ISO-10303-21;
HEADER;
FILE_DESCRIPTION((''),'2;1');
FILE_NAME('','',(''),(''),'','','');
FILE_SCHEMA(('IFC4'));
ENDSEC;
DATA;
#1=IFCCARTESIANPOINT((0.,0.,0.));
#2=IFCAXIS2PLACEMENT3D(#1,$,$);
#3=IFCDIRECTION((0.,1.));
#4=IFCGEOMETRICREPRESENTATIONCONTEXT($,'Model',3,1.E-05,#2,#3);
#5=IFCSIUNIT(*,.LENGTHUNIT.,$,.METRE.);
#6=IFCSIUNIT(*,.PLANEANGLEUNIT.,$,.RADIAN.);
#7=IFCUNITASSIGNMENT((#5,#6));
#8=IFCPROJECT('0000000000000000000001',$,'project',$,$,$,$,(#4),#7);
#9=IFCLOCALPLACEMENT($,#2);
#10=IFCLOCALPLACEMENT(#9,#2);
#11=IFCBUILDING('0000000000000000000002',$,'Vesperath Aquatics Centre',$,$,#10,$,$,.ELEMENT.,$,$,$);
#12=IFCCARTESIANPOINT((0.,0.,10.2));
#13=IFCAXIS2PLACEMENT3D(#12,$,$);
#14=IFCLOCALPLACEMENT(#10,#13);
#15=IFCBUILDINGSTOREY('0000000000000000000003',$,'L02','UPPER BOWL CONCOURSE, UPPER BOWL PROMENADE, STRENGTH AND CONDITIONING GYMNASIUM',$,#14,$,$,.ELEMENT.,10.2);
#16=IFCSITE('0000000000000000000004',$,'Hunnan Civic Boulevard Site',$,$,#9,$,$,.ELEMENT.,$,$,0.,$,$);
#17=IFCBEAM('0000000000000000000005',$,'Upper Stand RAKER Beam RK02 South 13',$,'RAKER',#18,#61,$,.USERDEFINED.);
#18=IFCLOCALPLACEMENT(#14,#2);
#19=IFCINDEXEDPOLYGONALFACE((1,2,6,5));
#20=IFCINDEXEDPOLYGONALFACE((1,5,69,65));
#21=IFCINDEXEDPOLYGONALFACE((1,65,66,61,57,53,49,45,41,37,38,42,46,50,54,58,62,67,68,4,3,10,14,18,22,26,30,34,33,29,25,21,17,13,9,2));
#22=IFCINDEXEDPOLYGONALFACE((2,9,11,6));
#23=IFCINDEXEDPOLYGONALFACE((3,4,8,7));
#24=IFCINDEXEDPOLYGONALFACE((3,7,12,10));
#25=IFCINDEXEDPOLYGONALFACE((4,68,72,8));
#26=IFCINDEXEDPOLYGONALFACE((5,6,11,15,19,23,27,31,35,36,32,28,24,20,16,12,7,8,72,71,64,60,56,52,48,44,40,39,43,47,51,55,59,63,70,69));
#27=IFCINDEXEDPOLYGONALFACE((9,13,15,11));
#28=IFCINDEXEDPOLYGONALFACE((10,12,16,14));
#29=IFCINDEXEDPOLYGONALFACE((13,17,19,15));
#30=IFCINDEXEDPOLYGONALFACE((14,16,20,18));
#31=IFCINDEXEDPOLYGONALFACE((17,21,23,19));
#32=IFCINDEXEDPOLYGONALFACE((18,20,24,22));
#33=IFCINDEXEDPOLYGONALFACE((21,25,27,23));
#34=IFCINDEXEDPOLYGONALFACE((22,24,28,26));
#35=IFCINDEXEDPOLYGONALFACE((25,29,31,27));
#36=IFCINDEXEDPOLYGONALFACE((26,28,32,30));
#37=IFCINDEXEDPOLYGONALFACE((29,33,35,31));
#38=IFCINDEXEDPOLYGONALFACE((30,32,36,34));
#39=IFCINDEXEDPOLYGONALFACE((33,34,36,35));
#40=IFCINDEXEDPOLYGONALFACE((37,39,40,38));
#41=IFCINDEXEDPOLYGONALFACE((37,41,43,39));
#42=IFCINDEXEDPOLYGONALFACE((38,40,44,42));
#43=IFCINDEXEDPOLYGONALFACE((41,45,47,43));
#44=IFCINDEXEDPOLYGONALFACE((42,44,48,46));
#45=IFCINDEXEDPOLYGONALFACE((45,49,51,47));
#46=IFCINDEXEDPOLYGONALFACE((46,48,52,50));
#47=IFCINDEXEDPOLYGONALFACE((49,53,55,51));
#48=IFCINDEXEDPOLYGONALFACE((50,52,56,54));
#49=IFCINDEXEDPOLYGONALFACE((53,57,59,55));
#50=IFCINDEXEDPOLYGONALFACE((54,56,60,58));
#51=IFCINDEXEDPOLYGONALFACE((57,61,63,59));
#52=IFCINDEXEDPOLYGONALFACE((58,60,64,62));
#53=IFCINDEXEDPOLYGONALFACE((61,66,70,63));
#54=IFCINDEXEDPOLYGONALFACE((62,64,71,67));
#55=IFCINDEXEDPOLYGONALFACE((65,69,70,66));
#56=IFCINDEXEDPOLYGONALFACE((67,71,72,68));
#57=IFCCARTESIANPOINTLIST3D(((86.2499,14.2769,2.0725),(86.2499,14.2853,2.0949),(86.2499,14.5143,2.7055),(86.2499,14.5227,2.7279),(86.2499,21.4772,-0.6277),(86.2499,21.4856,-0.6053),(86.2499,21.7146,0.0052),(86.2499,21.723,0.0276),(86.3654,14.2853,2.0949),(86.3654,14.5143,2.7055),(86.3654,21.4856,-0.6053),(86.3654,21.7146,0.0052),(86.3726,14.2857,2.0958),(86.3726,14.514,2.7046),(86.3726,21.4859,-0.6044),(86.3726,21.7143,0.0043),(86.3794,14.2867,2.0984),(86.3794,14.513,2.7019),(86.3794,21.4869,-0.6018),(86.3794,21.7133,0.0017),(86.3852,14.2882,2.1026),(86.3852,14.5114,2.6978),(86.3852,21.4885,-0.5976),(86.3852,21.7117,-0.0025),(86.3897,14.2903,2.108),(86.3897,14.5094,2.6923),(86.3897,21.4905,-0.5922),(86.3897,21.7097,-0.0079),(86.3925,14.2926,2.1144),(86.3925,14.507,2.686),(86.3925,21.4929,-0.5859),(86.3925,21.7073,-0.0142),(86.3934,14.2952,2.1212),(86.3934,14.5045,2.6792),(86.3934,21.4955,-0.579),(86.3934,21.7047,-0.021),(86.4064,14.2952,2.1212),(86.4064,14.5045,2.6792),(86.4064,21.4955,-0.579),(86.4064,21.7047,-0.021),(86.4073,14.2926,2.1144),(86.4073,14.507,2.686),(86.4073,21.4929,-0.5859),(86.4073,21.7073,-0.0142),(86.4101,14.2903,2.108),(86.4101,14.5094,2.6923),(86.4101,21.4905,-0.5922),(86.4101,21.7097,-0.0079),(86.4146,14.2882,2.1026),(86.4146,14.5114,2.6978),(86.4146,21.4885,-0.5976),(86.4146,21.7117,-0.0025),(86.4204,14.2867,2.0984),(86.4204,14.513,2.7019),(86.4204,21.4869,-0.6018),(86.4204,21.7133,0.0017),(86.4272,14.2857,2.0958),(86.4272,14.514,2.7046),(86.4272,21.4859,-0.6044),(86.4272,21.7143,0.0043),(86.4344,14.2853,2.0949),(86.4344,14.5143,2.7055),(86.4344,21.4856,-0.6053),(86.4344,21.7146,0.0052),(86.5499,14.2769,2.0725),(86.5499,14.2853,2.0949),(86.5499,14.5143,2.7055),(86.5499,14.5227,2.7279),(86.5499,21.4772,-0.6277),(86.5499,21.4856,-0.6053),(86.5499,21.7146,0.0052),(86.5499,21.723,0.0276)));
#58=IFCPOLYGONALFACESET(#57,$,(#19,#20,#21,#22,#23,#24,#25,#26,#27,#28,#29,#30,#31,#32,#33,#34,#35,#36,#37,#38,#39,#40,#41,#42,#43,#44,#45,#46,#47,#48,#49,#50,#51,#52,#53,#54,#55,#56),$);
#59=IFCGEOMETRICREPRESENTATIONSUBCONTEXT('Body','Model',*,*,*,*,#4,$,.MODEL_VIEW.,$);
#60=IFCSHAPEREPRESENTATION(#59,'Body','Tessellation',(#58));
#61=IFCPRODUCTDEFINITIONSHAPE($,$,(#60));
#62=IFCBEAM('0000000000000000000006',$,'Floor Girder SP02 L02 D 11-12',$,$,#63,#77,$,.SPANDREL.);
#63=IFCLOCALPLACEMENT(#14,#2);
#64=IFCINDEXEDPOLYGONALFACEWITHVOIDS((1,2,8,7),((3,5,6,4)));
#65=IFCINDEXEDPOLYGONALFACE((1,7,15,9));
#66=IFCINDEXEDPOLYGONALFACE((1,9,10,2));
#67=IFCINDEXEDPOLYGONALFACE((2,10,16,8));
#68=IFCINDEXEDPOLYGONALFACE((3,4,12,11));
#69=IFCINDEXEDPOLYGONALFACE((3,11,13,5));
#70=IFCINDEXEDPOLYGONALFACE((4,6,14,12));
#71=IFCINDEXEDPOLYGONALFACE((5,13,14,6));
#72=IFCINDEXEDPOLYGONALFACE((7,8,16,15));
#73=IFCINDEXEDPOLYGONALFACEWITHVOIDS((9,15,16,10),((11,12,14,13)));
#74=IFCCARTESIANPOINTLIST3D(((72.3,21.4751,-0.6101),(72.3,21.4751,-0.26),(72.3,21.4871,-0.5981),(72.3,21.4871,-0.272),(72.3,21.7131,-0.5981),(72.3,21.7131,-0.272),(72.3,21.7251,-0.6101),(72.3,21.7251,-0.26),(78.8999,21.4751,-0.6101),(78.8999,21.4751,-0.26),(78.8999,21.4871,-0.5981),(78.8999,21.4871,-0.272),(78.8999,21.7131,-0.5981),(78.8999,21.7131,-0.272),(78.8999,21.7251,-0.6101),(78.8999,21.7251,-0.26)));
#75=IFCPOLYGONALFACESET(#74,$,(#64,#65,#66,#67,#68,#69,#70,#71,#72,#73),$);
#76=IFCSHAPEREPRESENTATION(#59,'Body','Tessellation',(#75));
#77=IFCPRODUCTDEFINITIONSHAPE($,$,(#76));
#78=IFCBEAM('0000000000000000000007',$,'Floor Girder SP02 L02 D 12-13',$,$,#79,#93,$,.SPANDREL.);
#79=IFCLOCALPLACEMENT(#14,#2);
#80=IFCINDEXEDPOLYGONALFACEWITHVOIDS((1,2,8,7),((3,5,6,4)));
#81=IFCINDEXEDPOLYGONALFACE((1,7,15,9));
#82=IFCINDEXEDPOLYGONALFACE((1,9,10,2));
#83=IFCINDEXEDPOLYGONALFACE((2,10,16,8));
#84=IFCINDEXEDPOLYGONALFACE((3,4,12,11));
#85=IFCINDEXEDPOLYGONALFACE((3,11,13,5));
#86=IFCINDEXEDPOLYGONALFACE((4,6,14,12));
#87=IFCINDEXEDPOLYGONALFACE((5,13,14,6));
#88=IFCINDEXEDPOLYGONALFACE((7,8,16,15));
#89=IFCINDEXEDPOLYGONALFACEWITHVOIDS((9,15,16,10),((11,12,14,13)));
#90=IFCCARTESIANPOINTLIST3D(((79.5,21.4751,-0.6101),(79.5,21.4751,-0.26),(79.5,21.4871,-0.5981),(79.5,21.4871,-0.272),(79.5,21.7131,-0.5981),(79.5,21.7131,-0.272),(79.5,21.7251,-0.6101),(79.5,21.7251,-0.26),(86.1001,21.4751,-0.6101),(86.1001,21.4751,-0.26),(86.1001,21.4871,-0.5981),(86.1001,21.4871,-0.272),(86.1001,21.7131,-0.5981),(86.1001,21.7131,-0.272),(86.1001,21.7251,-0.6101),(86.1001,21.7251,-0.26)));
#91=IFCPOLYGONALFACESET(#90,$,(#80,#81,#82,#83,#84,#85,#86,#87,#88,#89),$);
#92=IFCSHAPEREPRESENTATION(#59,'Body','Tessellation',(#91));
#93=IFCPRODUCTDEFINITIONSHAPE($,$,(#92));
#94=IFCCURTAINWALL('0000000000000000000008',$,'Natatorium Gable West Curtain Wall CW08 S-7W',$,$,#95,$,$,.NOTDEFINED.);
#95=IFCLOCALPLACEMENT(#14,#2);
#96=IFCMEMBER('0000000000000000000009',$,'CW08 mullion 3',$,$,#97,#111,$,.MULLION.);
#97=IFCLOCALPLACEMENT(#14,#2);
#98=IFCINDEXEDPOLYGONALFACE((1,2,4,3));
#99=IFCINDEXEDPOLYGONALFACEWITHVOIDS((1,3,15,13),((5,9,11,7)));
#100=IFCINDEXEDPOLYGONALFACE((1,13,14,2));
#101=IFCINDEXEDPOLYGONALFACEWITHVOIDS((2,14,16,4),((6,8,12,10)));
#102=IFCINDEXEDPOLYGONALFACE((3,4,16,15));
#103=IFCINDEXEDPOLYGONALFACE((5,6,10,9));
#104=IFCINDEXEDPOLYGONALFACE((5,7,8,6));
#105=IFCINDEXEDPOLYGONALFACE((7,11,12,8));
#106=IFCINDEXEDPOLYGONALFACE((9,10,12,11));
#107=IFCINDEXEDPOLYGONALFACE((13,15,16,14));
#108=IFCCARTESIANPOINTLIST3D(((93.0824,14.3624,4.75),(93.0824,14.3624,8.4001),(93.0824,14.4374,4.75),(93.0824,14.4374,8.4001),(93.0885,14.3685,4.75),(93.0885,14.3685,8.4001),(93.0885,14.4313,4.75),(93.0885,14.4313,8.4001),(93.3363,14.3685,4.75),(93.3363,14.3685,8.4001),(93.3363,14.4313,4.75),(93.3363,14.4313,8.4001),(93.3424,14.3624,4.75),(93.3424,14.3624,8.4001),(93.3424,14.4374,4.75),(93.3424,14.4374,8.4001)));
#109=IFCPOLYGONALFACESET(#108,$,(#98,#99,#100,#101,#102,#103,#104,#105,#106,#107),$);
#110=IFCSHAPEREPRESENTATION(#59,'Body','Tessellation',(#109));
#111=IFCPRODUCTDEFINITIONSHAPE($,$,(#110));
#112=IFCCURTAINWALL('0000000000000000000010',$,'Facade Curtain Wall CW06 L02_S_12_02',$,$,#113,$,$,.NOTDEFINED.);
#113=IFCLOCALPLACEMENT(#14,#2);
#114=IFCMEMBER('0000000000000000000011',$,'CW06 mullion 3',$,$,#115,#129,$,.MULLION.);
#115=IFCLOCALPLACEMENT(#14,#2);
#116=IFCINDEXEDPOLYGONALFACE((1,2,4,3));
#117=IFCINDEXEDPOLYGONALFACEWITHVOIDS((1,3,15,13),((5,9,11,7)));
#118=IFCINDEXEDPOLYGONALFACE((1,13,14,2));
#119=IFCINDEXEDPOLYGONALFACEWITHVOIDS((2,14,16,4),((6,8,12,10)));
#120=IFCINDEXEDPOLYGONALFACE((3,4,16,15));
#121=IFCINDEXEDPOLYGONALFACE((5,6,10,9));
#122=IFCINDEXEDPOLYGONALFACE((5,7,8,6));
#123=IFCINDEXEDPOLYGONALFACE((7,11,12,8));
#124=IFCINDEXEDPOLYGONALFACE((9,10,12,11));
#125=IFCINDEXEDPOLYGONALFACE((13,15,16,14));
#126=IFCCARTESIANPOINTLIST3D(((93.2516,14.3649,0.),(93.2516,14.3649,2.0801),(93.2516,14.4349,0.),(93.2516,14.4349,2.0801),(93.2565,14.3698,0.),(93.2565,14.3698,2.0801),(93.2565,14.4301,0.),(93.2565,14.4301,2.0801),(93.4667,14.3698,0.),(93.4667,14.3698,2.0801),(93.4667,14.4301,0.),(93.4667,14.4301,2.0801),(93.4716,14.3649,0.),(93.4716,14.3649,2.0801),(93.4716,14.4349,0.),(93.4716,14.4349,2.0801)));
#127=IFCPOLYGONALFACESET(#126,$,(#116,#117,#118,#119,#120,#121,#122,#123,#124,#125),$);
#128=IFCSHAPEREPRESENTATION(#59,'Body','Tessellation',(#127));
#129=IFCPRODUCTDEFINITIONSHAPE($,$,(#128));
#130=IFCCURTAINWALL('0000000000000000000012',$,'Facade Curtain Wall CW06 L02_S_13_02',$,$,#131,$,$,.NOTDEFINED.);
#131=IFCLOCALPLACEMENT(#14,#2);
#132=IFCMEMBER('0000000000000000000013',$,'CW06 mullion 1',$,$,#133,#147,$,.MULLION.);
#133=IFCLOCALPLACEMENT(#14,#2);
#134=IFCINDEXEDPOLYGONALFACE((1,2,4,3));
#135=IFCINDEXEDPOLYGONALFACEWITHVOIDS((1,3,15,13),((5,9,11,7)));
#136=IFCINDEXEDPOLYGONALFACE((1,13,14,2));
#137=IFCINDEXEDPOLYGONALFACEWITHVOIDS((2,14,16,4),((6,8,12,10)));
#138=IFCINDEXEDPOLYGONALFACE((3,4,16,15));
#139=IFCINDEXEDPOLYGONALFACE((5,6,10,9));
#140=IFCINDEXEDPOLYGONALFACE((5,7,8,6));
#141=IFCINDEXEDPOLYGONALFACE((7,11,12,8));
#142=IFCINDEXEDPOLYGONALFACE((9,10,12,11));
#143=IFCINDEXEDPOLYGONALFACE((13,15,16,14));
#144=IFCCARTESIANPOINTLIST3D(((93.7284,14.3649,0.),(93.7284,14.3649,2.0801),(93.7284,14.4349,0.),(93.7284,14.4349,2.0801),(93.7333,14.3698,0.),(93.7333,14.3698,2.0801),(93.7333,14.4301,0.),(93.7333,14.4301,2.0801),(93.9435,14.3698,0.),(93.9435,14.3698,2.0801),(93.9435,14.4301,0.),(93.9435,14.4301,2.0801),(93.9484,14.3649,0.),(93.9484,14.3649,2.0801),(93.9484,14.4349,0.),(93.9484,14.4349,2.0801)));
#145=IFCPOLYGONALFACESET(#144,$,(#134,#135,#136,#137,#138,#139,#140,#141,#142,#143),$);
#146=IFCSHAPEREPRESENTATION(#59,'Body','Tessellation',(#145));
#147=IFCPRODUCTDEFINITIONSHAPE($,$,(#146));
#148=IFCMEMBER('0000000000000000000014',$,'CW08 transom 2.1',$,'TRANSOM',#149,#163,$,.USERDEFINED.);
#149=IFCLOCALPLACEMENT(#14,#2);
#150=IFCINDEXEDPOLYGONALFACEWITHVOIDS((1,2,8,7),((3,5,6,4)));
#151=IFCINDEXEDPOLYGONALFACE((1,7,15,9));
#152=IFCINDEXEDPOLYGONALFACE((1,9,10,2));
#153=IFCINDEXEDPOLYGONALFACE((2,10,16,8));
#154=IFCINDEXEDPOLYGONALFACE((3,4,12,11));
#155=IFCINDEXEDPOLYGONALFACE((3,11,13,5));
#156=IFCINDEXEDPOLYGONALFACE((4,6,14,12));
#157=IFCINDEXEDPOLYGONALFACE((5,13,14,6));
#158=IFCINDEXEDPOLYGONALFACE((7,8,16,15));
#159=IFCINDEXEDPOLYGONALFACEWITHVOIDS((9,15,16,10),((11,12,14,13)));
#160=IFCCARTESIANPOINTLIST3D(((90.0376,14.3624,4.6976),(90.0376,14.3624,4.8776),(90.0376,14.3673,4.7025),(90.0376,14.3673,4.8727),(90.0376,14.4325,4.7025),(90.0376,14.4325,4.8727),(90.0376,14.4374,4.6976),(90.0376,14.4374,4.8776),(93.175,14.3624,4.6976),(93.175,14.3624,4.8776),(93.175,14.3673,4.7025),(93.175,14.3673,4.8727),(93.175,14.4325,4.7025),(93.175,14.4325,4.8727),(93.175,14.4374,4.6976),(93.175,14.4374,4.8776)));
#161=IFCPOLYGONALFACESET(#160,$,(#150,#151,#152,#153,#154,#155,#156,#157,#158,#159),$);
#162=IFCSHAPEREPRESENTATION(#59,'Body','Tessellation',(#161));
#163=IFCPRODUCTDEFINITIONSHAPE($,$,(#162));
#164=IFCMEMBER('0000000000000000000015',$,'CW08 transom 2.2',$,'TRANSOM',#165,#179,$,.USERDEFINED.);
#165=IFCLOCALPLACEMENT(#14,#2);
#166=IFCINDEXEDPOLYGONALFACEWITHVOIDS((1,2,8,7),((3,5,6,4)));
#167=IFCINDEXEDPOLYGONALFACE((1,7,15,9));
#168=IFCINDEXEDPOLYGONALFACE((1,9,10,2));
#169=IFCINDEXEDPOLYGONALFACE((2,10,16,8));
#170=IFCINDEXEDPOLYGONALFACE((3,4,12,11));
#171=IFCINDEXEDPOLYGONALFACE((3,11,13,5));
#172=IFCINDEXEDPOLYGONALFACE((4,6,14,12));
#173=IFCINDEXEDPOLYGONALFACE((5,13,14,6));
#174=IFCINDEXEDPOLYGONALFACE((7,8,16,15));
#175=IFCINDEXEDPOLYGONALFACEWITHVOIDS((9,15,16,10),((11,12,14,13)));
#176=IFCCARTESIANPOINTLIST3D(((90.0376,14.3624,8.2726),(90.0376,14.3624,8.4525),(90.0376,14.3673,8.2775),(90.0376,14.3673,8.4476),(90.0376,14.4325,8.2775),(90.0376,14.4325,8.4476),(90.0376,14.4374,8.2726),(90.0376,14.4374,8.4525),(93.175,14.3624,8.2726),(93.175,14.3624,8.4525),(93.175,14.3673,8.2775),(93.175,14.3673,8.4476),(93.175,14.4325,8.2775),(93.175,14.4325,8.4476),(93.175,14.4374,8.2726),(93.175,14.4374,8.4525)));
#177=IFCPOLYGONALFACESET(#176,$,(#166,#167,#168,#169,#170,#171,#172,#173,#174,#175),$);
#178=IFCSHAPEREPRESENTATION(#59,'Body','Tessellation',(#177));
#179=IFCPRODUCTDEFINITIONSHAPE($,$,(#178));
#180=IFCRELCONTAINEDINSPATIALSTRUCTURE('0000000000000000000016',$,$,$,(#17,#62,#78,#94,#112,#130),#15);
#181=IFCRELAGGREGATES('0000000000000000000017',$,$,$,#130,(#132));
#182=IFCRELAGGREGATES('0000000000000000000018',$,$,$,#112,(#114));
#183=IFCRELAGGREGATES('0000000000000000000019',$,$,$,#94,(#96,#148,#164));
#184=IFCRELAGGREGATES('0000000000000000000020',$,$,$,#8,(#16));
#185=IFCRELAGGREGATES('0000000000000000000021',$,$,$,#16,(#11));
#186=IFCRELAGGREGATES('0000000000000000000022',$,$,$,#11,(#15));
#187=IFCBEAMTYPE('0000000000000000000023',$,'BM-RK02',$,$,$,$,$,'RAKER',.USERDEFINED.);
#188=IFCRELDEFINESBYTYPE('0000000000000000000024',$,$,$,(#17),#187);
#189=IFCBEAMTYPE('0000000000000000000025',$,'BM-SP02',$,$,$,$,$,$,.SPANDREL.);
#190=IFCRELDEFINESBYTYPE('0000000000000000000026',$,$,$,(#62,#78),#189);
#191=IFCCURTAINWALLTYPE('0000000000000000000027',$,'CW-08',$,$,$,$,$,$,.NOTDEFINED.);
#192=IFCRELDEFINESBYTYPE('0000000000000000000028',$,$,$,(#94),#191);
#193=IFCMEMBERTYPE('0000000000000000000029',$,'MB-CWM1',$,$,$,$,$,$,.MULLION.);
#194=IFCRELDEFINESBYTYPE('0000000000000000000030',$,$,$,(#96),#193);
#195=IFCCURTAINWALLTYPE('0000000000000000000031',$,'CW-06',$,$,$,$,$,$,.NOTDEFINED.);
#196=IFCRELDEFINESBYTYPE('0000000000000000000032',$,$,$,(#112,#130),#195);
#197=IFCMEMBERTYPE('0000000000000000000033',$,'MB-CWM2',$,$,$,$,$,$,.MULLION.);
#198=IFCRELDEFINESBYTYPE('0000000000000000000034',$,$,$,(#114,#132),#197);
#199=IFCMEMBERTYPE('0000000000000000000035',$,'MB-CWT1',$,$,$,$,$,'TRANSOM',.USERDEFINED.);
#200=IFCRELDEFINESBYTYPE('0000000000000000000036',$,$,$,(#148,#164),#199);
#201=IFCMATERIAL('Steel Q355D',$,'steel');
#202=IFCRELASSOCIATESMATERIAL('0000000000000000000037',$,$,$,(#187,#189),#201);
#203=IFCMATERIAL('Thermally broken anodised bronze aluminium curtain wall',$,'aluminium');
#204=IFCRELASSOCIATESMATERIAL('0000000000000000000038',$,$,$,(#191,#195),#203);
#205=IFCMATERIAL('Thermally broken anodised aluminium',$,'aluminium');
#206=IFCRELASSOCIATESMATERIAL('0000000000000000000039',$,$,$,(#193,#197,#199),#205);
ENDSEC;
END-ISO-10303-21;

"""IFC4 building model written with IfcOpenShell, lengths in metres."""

from ifc_helpers import new_model, si_unit, direction, frame, origin, origin_2d, place, context, subcontext, project, spatial, hollow_rectangle, i_section, extrude, material, material_profile, profile_set, type_object, element, aggregate, save


model = new_model("IFC4")

# Units and contexts
model_context = context("Model", 3, precision=1e-05, world=origin(), true_north=direction((0.0, 1.0)))
body_context = subcontext(model_context, "Body", "Model", "MODEL_VIEW")
ifc_project = project(units=[si_unit("LENGTHUNIT", "METRE"), si_unit("PLANEANGLEUNIT", "RADIAN")], contexts=[model_context])

# Site, building, storey
site_placement = place(None, origin())
site = spatial("IfcSite", under=ifc_project, at=site_placement, Name="Hunnan Civic Boulevard Site", CompositionType="ELEMENT", RefElevation=0.0)
building_placement = place(site_placement, origin())
building = spatial("IfcBuilding", under=site, at=building_placement, Name="Vesperath Aquatics Centre", CompositionType="ELEMENT")
storey_placement = place(building_placement, frame((0.0, 0.0, 10.2)))
storey = spatial("IfcBuildingStorey", under=building, at=storey_placement, Name="L02", Description="UPPER BOWL CONCOURSE, UPPER BOWL PROMENADE, STRENGTH AND CONDITIONING GYMNASIUM", CompositionType="ELEMENT", Elevation=10.2)

# Shared definitions
ifc_material_1 = material(Name="Steel Q355D", Category="steel")

# Beams
ifc_material_profile_1 = material_profile(ifc_material_1, i_section(OverallWidth=0.3, OverallDepth=0.7, WebThickness=0.0129, FlangeThickness=0.0239, FilletRadius=0.0281, at=origin_2d()), Name="HN 700x300x13x24")
ifc_profile_set_1 = profile_set([ifc_material_profile_1], Name="Steel Q355D")
beam_type_1 = type_object("IfcBeamType", Name="BM-RK02", ElementType="RAKER", PredefinedType="USERDEFINED", material=ifc_profile_set_1)
for number, where, z_axis, x_axis, name in (
    (1, (86.3999, 21.6001, -0.3), (0.0, -0.936324, 0.351137), (1.0, 0.0, 0.0), "Upper Stand RAKER Beam RK02 South 13"),
):
    element("IfcBeam", number, at=place(storey_placement, frame(where, z_axis=z_axis, x_axis=x_axis)), inside=storey, type_object=beam_type_1, Name=name, ObjectType="RAKER", PredefinedType="USERDEFINED", context=body_context, shape_type="SweptSolid", body=[
        extrude(i_section(OverallWidth=0.3, OverallDepth=0.7, WebThickness=0.0129, FlangeThickness=0.0239, FilletRadius=0.0281, at=origin_2d()), origin(), (0.0, 0.0, 1.0), 7.6899),
    ])
ifc_material_profile_2 = material_profile(ifc_material_1, hollow_rectangle(XDim=0.25, YDim=0.3501, WallThickness=0.012, at=origin_2d()), Name="RHS 350x250x12")
ifc_profile_set_2 = profile_set([ifc_material_profile_2], Name="Steel Q355D")
beam_type_2 = type_object("IfcBeamType", Name="BM-SP02", PredefinedType="SPANDREL", material=ifc_profile_set_2)
beam_1_placement = place(storey_placement, frame((72.3, 21.6001, -0.4351), z_axis=(1.0, 0.0, 0.0), x_axis=(0.0, 1.0, 0.0)))
element("IfcBeam", 2, at=beam_1_placement, inside=storey, type_object=beam_type_2, Name="Floor Girder SP02 L02 D 11-12", PredefinedType="SPANDREL", context=body_context, shape_type="SweptSolid", body=[
    extrude(hollow_rectangle(XDim=0.25, YDim=0.3501, WallThickness=0.012, at=origin_2d()), origin(), (0.0, 0.0, 1.0), 6.5999),
])
beam_2_placement = place(storey_placement, frame((79.5, 21.6001, -0.4351), z_axis=(1.0, 0.0, 0.0), x_axis=(0.0, 1.0, 0.0)))
element("IfcBeam", 3, at=beam_2_placement, inside=storey, type_object=beam_type_2, Name="Floor Girder SP02 L02 D 12-13", PredefinedType="SPANDREL", context=body_context, shape_type="SweptSolid", body=[
    extrude(hollow_rectangle(XDim=0.25, YDim=0.3501, WallThickness=0.012, at=origin_2d()), origin(), (0.0, 0.0, 1.0), 6.6001),
])

# Curtain walls, members
ifc_material_2 = material(Name="Thermally broken anodised bronze aluminium curtain wall", Category="aluminium")
curtain_wall_type_1 = type_object("IfcCurtainWallType", Name="CW-08", PredefinedType="NOTDEFINED", material=ifc_material_2)
curtain_wall_1_placement = place(storey_placement, origin())
curtain_wall_1 = element("IfcCurtainWall", 4, at=curtain_wall_1_placement, inside=storey, type_object=curtain_wall_type_1, Name="Natatorium Gable West Curtain Wall CW08 S-7W", PredefinedType="NOTDEFINED")
ifc_material_3 = material(Name="Thermally broken anodised aluminium", Category="aluminium")
ifc_material_profile_3 = material_profile(ifc_material_3, hollow_rectangle(XDim=0.075, YDim=0.26, WallThickness=0.0061, at=origin_2d()), Name="CWM 75x260x6")
ifc_profile_set_3 = profile_set([ifc_material_profile_3], Name="Thermally broken anodised aluminium")
member_type_1 = type_object("IfcMemberType", Name="MB-CWM1", PredefinedType="MULLION", material=ifc_profile_set_3)
member_1_placement = place(storey_placement, frame((93.2124, 14.3999, 4.75), z_axis=(0.0, 0.0, 1.0), x_axis=(0.0, 1.0, 0.0)))
member_1 = element("IfcMember", 5, at=member_1_placement, type_object=member_type_1, Name="CW08 mullion 3", PredefinedType="MULLION", context=body_context, shape_type="SweptSolid", body=[
    extrude(hollow_rectangle(XDim=0.075, YDim=0.26, WallThickness=0.0061, at=origin_2d()), origin(), (0.0, 0.0, 1.0), 3.6501),
])
curtain_wall_type_2 = type_object("IfcCurtainWallType", Name="CW-06", PredefinedType="NOTDEFINED", material=ifc_material_2)
curtain_wall_2_placement = place(storey_placement, origin())
curtain_wall_2 = element("IfcCurtainWall", 6, at=curtain_wall_2_placement, inside=storey, type_object=curtain_wall_type_2, Name="Facade Curtain Wall CW06 L02_S_12_02", PredefinedType="NOTDEFINED")
ifc_material_profile_4 = material_profile(ifc_material_3, hollow_rectangle(XDim=0.0701, YDim=0.22, WallThickness=0.0049, at=origin_2d()), Name="CWM 70x220x5")
ifc_profile_set_4 = profile_set([ifc_material_profile_4], Name="Thermally broken anodised aluminium")
member_type_2 = type_object("IfcMemberType", Name="MB-CWM2", PredefinedType="MULLION", material=ifc_profile_set_4)
member_2_placement = place(storey_placement, frame((93.3616, 14.3999, 0.0), z_axis=(0.0, 0.0, 1.0), x_axis=(0.0, 1.0, 0.0)))
member_2 = element("IfcMember", 7, at=member_2_placement, type_object=member_type_2, Name="CW06 mullion 3", PredefinedType="MULLION", context=body_context, shape_type="SweptSolid", body=[
    extrude(hollow_rectangle(XDim=0.0701, YDim=0.22, WallThickness=0.0049, at=origin_2d()), origin(), (0.0, 0.0, 1.0), 2.0801),
])
curtain_wall_3_placement = place(storey_placement, origin())
curtain_wall_3 = element("IfcCurtainWall", 8, at=curtain_wall_3_placement, inside=storey, type_object=curtain_wall_type_2, Name="Facade Curtain Wall CW06 L02_S_13_02", PredefinedType="NOTDEFINED")
member_3_placement = place(storey_placement, frame((93.8384, 14.3999, 0.0), z_axis=(0.0, 0.0, 1.0), x_axis=(0.0, 1.0, 0.0)))
member_3 = element("IfcMember", 9, at=member_3_placement, type_object=member_type_2, Name="CW06 mullion 1", PredefinedType="MULLION", context=body_context, shape_type="SweptSolid", body=[
    extrude(hollow_rectangle(XDim=0.0701, YDim=0.22, WallThickness=0.0049, at=origin_2d()), origin(), (0.0, 0.0, 1.0), 2.0801),
])
aggregate(curtain_wall_3, [member_3])

# Members
ifc_material_profile_5 = material_profile(ifc_material_3, hollow_rectangle(XDim=0.075, YDim=0.1799, WallThickness=0.0049, at=origin_2d()), Name="CWT 75x180x5")
ifc_profile_set_5 = profile_set([ifc_material_profile_5], Name="Thermally broken anodised aluminium")
member_type_3 = type_object("IfcMemberType", Name="MB-CWT1", ElementType="TRANSOM", PredefinedType="USERDEFINED", material=ifc_profile_set_5)
member_4_placement = place(storey_placement, frame((90.0376, 14.3999, 4.7876), z_axis=(1.0, 0.0, 0.0), x_axis=(0.0, 1.0, 0.0)))
member_4 = element("IfcMember", 10, at=member_4_placement, type_object=member_type_3, Name="CW08 transom 2.1", ObjectType="TRANSOM", PredefinedType="USERDEFINED", context=body_context, shape_type="SweptSolid", body=[
    extrude(hollow_rectangle(XDim=0.075, YDim=0.1799, WallThickness=0.0049, at=origin_2d()), origin(), (0.0, 0.0, 1.0), 3.1375),
])
member_5_placement = place(storey_placement, frame((90.0376, 14.3999, 8.3625), z_axis=(1.0, 0.0, 0.0), x_axis=(0.0, 1.0, 0.0)))
member_5 = element("IfcMember", 11, at=member_5_placement, type_object=member_type_3, Name="CW08 transom 2.2", ObjectType="TRANSOM", PredefinedType="USERDEFINED", context=body_context, shape_type="SweptSolid", body=[
    extrude(hollow_rectangle(XDim=0.075, YDim=0.1799, WallThickness=0.0049, at=origin_2d()), origin(), (0.0, 0.0, 1.0), 3.1375),
])

aggregate(curtain_wall_2, [member_2])
aggregate(curtain_wall_1, [member_1, member_4, member_5])

save(model, "model.ifc")
